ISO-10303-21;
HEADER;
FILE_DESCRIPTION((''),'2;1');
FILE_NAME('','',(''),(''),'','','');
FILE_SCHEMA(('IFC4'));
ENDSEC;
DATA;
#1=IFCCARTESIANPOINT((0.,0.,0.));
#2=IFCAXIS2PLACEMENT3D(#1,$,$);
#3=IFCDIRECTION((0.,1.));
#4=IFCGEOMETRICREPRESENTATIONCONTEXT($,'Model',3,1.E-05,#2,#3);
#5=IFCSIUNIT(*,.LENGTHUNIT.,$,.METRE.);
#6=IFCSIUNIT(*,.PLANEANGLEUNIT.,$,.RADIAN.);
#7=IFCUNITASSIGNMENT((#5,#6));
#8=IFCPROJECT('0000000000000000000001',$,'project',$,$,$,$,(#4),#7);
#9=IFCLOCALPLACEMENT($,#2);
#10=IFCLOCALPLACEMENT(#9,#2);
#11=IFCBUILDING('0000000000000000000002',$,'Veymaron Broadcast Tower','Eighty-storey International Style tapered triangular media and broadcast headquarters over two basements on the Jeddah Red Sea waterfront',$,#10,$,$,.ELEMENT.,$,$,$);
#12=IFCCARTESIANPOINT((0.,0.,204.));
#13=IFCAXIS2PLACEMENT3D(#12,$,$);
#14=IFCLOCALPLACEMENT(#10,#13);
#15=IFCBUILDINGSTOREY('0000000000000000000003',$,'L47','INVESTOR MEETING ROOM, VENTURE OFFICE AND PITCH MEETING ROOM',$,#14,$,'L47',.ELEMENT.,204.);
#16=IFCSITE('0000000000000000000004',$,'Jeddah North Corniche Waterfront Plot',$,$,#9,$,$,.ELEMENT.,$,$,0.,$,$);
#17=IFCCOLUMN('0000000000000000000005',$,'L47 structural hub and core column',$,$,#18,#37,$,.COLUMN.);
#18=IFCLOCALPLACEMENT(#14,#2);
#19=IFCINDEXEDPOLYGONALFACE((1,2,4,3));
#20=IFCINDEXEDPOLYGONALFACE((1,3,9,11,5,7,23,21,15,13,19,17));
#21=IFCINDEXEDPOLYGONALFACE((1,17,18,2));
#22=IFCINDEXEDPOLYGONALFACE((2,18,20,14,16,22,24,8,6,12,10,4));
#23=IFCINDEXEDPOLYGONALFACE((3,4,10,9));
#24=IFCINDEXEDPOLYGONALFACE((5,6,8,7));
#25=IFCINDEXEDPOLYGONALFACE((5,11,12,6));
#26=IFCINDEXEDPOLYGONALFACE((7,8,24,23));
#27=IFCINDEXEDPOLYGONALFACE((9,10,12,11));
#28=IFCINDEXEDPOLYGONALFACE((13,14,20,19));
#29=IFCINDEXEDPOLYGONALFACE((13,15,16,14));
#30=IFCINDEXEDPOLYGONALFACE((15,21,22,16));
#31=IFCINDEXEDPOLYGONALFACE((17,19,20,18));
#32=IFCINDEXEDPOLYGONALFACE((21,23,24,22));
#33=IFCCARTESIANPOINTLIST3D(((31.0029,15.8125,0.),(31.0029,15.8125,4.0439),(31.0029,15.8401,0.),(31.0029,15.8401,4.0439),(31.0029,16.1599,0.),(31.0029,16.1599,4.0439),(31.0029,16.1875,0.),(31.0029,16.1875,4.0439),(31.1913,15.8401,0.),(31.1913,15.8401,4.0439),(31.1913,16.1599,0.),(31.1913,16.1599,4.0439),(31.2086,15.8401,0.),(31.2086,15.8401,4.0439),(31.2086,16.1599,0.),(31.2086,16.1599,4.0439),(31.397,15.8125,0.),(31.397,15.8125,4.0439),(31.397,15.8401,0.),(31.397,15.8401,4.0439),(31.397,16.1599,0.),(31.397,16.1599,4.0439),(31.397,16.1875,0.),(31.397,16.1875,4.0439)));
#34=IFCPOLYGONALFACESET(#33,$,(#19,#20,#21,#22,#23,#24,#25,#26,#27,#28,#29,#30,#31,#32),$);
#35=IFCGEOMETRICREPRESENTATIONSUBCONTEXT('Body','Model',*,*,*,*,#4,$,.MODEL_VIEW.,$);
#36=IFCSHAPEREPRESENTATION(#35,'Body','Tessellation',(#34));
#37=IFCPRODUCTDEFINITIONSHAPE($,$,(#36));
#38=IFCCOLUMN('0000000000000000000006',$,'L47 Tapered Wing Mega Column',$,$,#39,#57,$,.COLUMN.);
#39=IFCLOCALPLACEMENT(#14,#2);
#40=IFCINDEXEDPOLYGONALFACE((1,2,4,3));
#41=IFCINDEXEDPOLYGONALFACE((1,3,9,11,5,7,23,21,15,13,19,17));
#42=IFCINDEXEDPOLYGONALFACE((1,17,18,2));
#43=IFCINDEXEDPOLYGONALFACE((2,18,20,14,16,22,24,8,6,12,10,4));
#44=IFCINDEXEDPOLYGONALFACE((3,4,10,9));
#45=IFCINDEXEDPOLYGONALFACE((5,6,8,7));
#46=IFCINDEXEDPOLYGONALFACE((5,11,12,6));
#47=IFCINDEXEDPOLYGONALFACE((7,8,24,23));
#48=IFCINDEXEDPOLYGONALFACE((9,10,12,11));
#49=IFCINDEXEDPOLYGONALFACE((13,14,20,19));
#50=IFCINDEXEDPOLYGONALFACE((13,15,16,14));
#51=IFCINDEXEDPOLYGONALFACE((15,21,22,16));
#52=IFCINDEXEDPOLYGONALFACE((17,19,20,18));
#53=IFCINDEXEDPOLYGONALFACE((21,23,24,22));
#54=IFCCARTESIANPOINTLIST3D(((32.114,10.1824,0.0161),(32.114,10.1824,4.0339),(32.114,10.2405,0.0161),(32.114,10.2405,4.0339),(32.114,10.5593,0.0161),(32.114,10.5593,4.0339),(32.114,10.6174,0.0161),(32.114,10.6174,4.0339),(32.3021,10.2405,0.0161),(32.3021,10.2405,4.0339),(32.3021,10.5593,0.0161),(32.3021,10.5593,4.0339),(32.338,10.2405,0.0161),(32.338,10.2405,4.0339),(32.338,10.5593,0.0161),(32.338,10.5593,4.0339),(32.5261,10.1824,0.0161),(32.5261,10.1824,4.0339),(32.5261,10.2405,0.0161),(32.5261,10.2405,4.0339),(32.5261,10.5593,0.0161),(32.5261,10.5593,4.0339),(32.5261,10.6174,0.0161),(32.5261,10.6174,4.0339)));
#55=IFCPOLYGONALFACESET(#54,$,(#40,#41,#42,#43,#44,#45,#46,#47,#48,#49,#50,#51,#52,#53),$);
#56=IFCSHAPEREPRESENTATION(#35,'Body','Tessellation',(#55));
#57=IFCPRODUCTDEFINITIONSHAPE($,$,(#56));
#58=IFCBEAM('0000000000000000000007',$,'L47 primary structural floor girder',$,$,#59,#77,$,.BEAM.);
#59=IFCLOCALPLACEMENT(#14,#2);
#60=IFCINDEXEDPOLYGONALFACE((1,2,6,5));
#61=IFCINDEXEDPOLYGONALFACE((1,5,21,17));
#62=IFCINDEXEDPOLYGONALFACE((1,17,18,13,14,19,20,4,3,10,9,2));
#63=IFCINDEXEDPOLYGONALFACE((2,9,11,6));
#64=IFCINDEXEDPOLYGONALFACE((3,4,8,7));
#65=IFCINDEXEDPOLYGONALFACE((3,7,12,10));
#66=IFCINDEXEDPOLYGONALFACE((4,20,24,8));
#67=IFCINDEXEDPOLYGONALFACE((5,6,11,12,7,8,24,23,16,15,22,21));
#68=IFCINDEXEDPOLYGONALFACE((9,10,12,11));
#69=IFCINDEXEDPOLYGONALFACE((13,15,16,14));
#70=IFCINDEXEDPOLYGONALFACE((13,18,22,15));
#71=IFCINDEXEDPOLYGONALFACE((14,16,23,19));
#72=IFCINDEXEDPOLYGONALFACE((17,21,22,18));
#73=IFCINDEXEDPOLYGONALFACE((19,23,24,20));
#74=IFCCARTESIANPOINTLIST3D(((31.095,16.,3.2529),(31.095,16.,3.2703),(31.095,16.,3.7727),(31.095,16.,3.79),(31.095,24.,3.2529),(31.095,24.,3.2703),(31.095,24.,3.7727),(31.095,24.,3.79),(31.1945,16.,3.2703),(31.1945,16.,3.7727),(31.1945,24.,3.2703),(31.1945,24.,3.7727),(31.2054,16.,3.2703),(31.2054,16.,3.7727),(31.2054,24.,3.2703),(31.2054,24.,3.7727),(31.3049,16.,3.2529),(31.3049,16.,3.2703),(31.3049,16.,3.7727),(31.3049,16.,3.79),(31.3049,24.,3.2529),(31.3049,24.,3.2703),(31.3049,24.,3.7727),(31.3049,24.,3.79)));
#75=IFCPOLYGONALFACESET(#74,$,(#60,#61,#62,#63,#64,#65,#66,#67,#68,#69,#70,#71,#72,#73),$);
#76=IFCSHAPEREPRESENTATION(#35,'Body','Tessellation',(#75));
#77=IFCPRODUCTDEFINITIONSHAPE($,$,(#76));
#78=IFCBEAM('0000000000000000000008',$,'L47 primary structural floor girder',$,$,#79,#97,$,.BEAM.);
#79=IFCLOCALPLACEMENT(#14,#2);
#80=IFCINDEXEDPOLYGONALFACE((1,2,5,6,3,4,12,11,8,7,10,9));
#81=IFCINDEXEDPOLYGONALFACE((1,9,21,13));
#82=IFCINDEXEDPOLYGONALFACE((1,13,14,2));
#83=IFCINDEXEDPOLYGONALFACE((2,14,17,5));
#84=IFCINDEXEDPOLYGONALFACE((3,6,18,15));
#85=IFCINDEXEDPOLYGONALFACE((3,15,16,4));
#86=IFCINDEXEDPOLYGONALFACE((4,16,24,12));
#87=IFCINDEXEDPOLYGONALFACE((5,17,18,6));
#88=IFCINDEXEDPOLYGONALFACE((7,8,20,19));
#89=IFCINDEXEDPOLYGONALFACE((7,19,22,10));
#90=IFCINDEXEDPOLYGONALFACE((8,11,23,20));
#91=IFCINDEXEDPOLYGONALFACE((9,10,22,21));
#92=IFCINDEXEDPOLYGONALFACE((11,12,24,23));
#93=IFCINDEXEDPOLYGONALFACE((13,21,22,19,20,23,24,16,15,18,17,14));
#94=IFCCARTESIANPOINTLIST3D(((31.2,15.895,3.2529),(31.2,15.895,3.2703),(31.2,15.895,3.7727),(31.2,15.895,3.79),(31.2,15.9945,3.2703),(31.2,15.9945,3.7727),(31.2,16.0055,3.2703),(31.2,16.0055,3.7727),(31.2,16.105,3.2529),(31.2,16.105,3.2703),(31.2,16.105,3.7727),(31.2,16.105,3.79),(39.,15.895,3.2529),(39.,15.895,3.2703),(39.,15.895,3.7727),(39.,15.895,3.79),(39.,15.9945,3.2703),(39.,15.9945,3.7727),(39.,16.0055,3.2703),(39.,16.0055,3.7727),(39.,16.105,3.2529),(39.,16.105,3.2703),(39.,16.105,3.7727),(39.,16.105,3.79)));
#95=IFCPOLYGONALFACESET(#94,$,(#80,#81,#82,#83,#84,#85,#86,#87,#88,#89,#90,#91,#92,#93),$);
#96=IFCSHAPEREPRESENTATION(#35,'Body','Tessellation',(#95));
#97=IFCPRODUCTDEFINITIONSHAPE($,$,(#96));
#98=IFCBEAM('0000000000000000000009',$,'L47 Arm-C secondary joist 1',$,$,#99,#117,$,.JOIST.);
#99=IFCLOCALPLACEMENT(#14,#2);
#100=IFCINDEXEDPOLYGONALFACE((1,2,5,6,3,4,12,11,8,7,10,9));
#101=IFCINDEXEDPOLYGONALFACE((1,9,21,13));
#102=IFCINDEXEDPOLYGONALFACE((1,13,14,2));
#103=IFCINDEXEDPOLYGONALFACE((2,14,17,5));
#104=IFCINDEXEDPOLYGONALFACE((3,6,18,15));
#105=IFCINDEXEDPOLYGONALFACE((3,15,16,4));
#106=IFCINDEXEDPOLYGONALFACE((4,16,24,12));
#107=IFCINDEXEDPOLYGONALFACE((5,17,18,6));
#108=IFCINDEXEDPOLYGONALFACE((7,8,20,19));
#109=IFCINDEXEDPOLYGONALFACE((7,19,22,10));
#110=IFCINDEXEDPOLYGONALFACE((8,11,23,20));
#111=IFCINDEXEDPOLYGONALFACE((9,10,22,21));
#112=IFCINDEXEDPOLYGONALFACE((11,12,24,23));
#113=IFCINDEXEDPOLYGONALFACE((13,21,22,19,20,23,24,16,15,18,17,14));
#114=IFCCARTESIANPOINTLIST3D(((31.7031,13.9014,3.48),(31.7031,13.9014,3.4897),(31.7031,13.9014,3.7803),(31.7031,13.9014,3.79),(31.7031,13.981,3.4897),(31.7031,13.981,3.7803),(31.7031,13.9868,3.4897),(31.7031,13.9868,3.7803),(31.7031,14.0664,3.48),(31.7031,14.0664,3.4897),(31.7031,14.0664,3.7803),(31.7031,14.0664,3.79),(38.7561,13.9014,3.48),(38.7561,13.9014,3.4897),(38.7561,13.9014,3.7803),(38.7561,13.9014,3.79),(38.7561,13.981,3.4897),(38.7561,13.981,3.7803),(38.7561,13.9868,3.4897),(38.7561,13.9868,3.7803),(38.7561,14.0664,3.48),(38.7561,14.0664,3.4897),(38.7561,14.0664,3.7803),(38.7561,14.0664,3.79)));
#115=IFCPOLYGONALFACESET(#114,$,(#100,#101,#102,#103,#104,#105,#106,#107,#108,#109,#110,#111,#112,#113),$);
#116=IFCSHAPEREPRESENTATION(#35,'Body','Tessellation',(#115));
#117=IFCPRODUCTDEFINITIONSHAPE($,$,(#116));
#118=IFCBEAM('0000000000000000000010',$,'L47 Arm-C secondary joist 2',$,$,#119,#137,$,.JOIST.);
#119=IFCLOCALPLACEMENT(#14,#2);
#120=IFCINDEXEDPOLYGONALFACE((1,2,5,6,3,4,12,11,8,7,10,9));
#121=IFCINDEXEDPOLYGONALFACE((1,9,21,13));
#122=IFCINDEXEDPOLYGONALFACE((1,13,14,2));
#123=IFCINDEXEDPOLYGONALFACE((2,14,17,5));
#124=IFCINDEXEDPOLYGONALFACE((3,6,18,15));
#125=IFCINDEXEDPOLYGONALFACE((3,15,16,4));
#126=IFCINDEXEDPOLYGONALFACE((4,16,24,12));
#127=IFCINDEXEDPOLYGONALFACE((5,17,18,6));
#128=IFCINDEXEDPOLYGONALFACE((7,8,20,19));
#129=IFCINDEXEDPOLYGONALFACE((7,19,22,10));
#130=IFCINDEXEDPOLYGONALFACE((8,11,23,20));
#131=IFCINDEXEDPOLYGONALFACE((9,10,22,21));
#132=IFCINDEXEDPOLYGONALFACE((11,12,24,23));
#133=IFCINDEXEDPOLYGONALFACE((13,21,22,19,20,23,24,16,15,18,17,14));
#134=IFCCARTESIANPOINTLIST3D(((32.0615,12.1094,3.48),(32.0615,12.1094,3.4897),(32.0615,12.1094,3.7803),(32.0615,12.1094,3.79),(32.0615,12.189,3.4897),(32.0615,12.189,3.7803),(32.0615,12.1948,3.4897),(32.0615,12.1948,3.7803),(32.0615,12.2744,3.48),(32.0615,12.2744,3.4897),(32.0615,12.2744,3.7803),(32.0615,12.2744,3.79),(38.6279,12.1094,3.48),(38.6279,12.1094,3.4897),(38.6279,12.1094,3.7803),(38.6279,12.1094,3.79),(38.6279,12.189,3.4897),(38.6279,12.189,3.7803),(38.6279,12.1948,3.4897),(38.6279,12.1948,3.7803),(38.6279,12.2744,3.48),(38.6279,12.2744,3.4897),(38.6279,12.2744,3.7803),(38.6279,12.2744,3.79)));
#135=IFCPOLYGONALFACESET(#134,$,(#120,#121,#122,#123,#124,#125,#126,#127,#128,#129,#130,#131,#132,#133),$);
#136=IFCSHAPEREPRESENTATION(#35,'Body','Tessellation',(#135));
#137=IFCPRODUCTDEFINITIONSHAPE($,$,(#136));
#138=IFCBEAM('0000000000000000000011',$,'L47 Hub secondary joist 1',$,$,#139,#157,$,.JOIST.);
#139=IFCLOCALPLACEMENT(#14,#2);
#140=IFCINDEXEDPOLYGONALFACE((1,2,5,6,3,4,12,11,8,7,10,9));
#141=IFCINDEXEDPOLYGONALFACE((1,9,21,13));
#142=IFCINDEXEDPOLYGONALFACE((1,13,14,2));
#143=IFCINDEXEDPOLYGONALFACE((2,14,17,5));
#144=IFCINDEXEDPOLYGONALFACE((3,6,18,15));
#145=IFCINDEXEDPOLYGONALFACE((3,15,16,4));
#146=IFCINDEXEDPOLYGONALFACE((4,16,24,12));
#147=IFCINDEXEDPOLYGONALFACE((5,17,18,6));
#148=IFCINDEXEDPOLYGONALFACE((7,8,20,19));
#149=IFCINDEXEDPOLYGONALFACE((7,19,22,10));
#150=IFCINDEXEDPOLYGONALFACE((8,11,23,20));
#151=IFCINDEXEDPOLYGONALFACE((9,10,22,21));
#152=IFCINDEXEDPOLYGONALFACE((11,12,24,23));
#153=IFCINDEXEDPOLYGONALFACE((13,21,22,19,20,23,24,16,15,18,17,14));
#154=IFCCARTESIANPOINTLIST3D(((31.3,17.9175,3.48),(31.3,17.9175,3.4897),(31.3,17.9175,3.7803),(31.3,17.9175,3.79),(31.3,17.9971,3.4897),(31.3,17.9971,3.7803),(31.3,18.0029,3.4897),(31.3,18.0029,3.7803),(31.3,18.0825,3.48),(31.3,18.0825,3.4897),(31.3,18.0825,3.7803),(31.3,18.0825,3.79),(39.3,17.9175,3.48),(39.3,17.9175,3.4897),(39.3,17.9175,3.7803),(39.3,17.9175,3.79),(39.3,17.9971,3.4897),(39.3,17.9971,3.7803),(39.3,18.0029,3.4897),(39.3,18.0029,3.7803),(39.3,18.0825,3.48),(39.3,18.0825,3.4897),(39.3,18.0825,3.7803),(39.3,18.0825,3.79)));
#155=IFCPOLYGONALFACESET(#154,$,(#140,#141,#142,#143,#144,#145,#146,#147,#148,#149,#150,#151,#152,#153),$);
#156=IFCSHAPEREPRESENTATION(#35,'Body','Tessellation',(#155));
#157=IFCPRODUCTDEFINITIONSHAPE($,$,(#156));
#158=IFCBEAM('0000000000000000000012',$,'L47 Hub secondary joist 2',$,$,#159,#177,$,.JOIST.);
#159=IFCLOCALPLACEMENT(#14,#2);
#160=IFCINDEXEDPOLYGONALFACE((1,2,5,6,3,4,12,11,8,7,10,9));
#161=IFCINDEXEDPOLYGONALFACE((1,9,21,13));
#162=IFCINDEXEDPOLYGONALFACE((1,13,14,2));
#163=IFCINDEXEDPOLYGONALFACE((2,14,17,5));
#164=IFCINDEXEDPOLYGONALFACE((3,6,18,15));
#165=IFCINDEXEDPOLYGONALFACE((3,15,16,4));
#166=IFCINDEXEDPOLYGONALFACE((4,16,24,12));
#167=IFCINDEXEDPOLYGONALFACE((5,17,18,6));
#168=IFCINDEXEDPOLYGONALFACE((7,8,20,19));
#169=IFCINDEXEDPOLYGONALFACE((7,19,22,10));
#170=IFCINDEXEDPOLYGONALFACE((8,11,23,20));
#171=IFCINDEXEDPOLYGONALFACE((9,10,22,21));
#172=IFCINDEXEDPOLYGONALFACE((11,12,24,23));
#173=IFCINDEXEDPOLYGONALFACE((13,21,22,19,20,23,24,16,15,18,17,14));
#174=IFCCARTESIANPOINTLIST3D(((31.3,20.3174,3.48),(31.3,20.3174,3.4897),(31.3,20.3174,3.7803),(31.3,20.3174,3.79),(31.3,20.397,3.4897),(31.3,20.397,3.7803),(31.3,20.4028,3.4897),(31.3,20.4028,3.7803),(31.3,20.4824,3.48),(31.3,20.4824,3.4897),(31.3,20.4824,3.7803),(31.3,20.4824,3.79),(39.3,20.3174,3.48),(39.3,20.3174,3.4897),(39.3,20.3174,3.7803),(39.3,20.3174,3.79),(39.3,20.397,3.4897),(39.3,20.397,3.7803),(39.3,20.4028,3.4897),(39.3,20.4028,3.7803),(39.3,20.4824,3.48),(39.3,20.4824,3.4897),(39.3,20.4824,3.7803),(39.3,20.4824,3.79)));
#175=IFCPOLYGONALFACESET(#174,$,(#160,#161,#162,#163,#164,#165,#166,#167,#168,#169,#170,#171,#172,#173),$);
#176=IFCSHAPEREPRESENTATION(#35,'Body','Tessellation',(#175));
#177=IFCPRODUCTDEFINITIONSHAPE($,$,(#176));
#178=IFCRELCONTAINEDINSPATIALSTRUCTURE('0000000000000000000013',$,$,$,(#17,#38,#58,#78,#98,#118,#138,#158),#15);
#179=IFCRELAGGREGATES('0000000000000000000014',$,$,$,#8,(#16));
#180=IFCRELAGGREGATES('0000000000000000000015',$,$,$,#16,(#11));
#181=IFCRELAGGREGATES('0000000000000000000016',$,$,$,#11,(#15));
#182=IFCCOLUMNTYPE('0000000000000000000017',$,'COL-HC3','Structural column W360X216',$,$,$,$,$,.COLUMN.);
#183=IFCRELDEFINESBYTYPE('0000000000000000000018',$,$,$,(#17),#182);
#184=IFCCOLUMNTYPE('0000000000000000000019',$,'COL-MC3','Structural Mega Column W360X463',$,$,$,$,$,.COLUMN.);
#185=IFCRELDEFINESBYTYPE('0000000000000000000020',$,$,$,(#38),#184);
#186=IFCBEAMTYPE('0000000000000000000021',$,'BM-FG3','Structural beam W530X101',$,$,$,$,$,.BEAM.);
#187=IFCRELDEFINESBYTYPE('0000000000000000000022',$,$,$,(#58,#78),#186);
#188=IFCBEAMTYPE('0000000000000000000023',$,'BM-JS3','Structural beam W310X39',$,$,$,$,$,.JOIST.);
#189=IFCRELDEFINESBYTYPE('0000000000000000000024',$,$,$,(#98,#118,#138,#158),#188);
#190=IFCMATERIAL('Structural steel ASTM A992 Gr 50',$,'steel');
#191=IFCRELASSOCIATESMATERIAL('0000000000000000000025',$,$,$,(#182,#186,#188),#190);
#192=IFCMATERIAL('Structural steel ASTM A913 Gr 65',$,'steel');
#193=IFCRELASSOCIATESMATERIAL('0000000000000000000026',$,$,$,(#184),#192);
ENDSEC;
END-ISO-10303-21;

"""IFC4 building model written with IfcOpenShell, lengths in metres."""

from ifc_helpers import new_model, si_unit, direction, frame, origin, origin_2d, place, context, subcontext, project, spatial, i_section, extrude, material, material_profile, profile_set, type_object, element, save


model = new_model("IFC4")

# Units and contexts
model_context = context("Model", 3, precision=1e-05, world=origin(), true_north=direction((0.0, 1.0)))
body_context = subcontext(model_context, "Body", "Model", "MODEL_VIEW")
ifc_project = project(units=[si_unit("LENGTHUNIT", "METRE"), si_unit("PLANEANGLEUNIT", "RADIAN")], contexts=[model_context])

# Site, building, storey
site_placement = place(None, origin())
site = spatial("IfcSite", under=ifc_project, at=site_placement, Name="Jeddah North Corniche Waterfront Plot", CompositionType="ELEMENT", RefElevation=0.0)
building_placement = place(site_placement, origin())
building = spatial("IfcBuilding", under=site, at=building_placement, Name="Veymaron Broadcast Tower", Description="Eighty-storey International Style tapered triangular media and broadcast headquarters over two basements on the Jeddah Red Sea waterfront", CompositionType="ELEMENT")
storey_placement = place(building_placement, frame((0.0, 0.0, 204.0)))
storey = spatial("IfcBuildingStorey", under=building, at=storey_placement, Name="L47", Description="INVESTOR MEETING ROOM, VENTURE OFFICE AND PITCH MEETING ROOM", LongName="L47", CompositionType="ELEMENT", Elevation=204.0)

# Columns
ifc_material_1 = material(Name="Structural steel ASTM A992 Gr 50", Category="steel")
ifc_material_profile_1 = material_profile(ifc_material_1, i_section(OverallWidth=0.394, OverallDepth=0.375, WebThickness=0.0173, FlangeThickness=0.0276, at=origin_2d()), Name="W360X216")
ifc_profile_set_1 = profile_set([ifc_material_profile_1], Name="Structural steel ASTM A992 Gr 50")
column_type_1 = type_object("IfcColumnType", Name="COL-HC3", Description="Structural column W360X216", PredefinedType="COLUMN", material=ifc_profile_set_1)
column_1_placement = place(storey_placement, frame((31.2, 16.0, 0.0), z_axis=(0.0, 0.0, 1.0), x_axis=(1.0, 0.0, 0.0)))
element("IfcColumn", 1, at=column_1_placement, inside=storey, type_object=column_type_1, Name="L47 structural hub and core column", PredefinedType="COLUMN", context=body_context, shape_type="SweptSolid", body=[
    extrude(i_section(OverallWidth=0.394, OverallDepth=0.375, WebThickness=0.0173, FlangeThickness=0.0276, at=origin_2d()), origin(), (0.0, 0.0, 1.0), 4.0439),
])
ifc_material_2 = material(Name="Structural steel ASTM A913 Gr 65", Category="steel")
ifc_material_profile_2 = material_profile(ifc_material_2, i_section(OverallWidth=0.4121, OverallDepth=0.4351, WebThickness=0.0359, FlangeThickness=0.0581, at=origin_2d()), Name="W360X463")
ifc_profile_set_2 = profile_set([ifc_material_profile_2], Name="Structural steel ASTM A913 Gr 65")
column_type_2 = type_object("IfcColumnType", Name="COL-MC3", Description="Structural Mega Column W360X463", PredefinedType="COLUMN", material=ifc_profile_set_2)
column_2_placement = place(storey_placement, frame((32.3201, 10.3999, 0.0161), z_axis=(0.0, 0.0, 1.0), x_axis=(1.0, 0.0, 0.0)))
element("IfcColumn", 2, at=column_2_placement, inside=storey, type_object=column_type_2, Name="L47 Tapered Wing Mega Column", PredefinedType="COLUMN", context=body_context, shape_type="SweptSolid", body=[
    extrude(i_section(OverallWidth=0.4121, OverallDepth=0.4351, WebThickness=0.0359, FlangeThickness=0.0581, at=origin_2d()), origin(), (0.0, 0.0, 1.0), 4.0178),
])

# Beams
ifc_material_profile_3 = material_profile(ifc_material_1, i_section(OverallWidth=0.21, OverallDepth=0.5371, WebThickness=0.011, FlangeThickness=0.0173, at=origin_2d()), Name="W530X101")
ifc_profile_set_3 = profile_set([ifc_material_profile_3], Name="Structural steel ASTM A992 Gr 50")
beam_type_1 = type_object("IfcBeamType", Name="BM-FG3", Description="Structural beam W530X101", PredefinedType="BEAM", material=ifc_profile_set_3)
beam_1_placement = place(storey_placement, frame((31.2, 16.0, 3.5215), z_axis=(0.0, 1.0, 0.0), x_axis=(-1.0, 0.0, 0.0)))
element("IfcBeam", 3, at=beam_1_placement, inside=storey, type_object=beam_type_1, Name="L47 primary structural floor girder", PredefinedType="BEAM", context=body_context, shape_type="SweptSolid", body=[
    extrude(i_section(OverallWidth=0.21, OverallDepth=0.5371, WebThickness=0.011, FlangeThickness=0.0173, at=origin_2d()), origin(), (0.0, 0.0, 1.0), 8.0),
])
beam_2_placement = place(storey_placement, frame((31.2, 16.0, 3.5215), z_axis=(1.0, 0.0, 0.0), x_axis=(0.0, 1.0, 0.0)))
element("IfcBeam", 4, at=beam_2_placement, inside=storey, type_object=beam_type_1, Name="L47 primary structural floor girder", PredefinedType="BEAM", context=body_context, shape_type="SweptSolid", body=[
    extrude(i_section(OverallWidth=0.21, OverallDepth=0.5371, WebThickness=0.011, FlangeThickness=0.0173, at=origin_2d()), origin(), (0.0, 0.0, 1.0), 7.8),
])
ifc_material_profile_4 = material_profile(ifc_material_1, i_section(OverallWidth=0.165, OverallDepth=0.3101, WebThickness=0.0059, FlangeThickness=0.0098, at=origin_2d()), Name="W310X39")
ifc_profile_set_4 = profile_set([ifc_material_profile_4], Name="Structural steel ASTM A992 Gr 50")
beam_type_2 = type_object("IfcBeamType", Name="BM-JS3", Description="Structural beam W310X39", PredefinedType="JOIST", material=ifc_profile_set_4)
beam_3_placement = place(storey_placement, frame((31.7031, 13.9839, 3.635), z_axis=(1.0, 0.0, 0.0), x_axis=(0.0, 1.0, 0.0)))
element("IfcBeam", 5, at=beam_3_placement, inside=storey, type_object=beam_type_2, Name="L47 Arm-C secondary joist 1", PredefinedType="JOIST", context=body_context, shape_type="SweptSolid", body=[
    extrude(i_section(OverallWidth=0.165, OverallDepth=0.3101, WebThickness=0.0059, FlangeThickness=0.0098, at=origin_2d()), origin(), (0.0, 0.0, 1.0), 7.053),
])
beam_4_placement = place(storey_placement, frame((32.0615, 12.1919, 3.635), z_axis=(1.0, 0.0, 0.0), x_axis=(0.0, 1.0, 0.0)))
element("IfcBeam", 6, at=beam_4_placement, inside=storey, type_object=beam_type_2, Name="L47 Arm-C secondary joist 2", PredefinedType="JOIST", context=body_context, shape_type="SweptSolid", body=[
    extrude(i_section(OverallWidth=0.165, OverallDepth=0.3101, WebThickness=0.0059, FlangeThickness=0.0098, at=origin_2d()), origin(), (0.0, 0.0, 1.0), 6.5664),
])
for number, where, z_axis, x_axis, name in (
    (7, (31.3, 18.0, 3.635), (1.0, 0.0, 0.0), (0.0, 1.0, 0.0), "L47 Hub secondary joist 1"),
    (8, (31.3, 20.3999, 3.635), (1.0, 0.0, 0.0), (0.0, 1.0, 0.0), "L47 Hub secondary joist 2"),
):
    element("IfcBeam", number, at=place(storey_placement, frame(where, z_axis=z_axis, x_axis=x_axis)), inside=storey, type_object=beam_type_2, Name=name, PredefinedType="JOIST", context=body_context, shape_type="SweptSolid", body=[
        extrude(i_section(OverallWidth=0.165, OverallDepth=0.3101, WebThickness=0.0059, FlangeThickness=0.0098, at=origin_2d()), origin(), (0.0, 0.0, 1.0), 8.0),
    ])

save(model, "model.ifc")
